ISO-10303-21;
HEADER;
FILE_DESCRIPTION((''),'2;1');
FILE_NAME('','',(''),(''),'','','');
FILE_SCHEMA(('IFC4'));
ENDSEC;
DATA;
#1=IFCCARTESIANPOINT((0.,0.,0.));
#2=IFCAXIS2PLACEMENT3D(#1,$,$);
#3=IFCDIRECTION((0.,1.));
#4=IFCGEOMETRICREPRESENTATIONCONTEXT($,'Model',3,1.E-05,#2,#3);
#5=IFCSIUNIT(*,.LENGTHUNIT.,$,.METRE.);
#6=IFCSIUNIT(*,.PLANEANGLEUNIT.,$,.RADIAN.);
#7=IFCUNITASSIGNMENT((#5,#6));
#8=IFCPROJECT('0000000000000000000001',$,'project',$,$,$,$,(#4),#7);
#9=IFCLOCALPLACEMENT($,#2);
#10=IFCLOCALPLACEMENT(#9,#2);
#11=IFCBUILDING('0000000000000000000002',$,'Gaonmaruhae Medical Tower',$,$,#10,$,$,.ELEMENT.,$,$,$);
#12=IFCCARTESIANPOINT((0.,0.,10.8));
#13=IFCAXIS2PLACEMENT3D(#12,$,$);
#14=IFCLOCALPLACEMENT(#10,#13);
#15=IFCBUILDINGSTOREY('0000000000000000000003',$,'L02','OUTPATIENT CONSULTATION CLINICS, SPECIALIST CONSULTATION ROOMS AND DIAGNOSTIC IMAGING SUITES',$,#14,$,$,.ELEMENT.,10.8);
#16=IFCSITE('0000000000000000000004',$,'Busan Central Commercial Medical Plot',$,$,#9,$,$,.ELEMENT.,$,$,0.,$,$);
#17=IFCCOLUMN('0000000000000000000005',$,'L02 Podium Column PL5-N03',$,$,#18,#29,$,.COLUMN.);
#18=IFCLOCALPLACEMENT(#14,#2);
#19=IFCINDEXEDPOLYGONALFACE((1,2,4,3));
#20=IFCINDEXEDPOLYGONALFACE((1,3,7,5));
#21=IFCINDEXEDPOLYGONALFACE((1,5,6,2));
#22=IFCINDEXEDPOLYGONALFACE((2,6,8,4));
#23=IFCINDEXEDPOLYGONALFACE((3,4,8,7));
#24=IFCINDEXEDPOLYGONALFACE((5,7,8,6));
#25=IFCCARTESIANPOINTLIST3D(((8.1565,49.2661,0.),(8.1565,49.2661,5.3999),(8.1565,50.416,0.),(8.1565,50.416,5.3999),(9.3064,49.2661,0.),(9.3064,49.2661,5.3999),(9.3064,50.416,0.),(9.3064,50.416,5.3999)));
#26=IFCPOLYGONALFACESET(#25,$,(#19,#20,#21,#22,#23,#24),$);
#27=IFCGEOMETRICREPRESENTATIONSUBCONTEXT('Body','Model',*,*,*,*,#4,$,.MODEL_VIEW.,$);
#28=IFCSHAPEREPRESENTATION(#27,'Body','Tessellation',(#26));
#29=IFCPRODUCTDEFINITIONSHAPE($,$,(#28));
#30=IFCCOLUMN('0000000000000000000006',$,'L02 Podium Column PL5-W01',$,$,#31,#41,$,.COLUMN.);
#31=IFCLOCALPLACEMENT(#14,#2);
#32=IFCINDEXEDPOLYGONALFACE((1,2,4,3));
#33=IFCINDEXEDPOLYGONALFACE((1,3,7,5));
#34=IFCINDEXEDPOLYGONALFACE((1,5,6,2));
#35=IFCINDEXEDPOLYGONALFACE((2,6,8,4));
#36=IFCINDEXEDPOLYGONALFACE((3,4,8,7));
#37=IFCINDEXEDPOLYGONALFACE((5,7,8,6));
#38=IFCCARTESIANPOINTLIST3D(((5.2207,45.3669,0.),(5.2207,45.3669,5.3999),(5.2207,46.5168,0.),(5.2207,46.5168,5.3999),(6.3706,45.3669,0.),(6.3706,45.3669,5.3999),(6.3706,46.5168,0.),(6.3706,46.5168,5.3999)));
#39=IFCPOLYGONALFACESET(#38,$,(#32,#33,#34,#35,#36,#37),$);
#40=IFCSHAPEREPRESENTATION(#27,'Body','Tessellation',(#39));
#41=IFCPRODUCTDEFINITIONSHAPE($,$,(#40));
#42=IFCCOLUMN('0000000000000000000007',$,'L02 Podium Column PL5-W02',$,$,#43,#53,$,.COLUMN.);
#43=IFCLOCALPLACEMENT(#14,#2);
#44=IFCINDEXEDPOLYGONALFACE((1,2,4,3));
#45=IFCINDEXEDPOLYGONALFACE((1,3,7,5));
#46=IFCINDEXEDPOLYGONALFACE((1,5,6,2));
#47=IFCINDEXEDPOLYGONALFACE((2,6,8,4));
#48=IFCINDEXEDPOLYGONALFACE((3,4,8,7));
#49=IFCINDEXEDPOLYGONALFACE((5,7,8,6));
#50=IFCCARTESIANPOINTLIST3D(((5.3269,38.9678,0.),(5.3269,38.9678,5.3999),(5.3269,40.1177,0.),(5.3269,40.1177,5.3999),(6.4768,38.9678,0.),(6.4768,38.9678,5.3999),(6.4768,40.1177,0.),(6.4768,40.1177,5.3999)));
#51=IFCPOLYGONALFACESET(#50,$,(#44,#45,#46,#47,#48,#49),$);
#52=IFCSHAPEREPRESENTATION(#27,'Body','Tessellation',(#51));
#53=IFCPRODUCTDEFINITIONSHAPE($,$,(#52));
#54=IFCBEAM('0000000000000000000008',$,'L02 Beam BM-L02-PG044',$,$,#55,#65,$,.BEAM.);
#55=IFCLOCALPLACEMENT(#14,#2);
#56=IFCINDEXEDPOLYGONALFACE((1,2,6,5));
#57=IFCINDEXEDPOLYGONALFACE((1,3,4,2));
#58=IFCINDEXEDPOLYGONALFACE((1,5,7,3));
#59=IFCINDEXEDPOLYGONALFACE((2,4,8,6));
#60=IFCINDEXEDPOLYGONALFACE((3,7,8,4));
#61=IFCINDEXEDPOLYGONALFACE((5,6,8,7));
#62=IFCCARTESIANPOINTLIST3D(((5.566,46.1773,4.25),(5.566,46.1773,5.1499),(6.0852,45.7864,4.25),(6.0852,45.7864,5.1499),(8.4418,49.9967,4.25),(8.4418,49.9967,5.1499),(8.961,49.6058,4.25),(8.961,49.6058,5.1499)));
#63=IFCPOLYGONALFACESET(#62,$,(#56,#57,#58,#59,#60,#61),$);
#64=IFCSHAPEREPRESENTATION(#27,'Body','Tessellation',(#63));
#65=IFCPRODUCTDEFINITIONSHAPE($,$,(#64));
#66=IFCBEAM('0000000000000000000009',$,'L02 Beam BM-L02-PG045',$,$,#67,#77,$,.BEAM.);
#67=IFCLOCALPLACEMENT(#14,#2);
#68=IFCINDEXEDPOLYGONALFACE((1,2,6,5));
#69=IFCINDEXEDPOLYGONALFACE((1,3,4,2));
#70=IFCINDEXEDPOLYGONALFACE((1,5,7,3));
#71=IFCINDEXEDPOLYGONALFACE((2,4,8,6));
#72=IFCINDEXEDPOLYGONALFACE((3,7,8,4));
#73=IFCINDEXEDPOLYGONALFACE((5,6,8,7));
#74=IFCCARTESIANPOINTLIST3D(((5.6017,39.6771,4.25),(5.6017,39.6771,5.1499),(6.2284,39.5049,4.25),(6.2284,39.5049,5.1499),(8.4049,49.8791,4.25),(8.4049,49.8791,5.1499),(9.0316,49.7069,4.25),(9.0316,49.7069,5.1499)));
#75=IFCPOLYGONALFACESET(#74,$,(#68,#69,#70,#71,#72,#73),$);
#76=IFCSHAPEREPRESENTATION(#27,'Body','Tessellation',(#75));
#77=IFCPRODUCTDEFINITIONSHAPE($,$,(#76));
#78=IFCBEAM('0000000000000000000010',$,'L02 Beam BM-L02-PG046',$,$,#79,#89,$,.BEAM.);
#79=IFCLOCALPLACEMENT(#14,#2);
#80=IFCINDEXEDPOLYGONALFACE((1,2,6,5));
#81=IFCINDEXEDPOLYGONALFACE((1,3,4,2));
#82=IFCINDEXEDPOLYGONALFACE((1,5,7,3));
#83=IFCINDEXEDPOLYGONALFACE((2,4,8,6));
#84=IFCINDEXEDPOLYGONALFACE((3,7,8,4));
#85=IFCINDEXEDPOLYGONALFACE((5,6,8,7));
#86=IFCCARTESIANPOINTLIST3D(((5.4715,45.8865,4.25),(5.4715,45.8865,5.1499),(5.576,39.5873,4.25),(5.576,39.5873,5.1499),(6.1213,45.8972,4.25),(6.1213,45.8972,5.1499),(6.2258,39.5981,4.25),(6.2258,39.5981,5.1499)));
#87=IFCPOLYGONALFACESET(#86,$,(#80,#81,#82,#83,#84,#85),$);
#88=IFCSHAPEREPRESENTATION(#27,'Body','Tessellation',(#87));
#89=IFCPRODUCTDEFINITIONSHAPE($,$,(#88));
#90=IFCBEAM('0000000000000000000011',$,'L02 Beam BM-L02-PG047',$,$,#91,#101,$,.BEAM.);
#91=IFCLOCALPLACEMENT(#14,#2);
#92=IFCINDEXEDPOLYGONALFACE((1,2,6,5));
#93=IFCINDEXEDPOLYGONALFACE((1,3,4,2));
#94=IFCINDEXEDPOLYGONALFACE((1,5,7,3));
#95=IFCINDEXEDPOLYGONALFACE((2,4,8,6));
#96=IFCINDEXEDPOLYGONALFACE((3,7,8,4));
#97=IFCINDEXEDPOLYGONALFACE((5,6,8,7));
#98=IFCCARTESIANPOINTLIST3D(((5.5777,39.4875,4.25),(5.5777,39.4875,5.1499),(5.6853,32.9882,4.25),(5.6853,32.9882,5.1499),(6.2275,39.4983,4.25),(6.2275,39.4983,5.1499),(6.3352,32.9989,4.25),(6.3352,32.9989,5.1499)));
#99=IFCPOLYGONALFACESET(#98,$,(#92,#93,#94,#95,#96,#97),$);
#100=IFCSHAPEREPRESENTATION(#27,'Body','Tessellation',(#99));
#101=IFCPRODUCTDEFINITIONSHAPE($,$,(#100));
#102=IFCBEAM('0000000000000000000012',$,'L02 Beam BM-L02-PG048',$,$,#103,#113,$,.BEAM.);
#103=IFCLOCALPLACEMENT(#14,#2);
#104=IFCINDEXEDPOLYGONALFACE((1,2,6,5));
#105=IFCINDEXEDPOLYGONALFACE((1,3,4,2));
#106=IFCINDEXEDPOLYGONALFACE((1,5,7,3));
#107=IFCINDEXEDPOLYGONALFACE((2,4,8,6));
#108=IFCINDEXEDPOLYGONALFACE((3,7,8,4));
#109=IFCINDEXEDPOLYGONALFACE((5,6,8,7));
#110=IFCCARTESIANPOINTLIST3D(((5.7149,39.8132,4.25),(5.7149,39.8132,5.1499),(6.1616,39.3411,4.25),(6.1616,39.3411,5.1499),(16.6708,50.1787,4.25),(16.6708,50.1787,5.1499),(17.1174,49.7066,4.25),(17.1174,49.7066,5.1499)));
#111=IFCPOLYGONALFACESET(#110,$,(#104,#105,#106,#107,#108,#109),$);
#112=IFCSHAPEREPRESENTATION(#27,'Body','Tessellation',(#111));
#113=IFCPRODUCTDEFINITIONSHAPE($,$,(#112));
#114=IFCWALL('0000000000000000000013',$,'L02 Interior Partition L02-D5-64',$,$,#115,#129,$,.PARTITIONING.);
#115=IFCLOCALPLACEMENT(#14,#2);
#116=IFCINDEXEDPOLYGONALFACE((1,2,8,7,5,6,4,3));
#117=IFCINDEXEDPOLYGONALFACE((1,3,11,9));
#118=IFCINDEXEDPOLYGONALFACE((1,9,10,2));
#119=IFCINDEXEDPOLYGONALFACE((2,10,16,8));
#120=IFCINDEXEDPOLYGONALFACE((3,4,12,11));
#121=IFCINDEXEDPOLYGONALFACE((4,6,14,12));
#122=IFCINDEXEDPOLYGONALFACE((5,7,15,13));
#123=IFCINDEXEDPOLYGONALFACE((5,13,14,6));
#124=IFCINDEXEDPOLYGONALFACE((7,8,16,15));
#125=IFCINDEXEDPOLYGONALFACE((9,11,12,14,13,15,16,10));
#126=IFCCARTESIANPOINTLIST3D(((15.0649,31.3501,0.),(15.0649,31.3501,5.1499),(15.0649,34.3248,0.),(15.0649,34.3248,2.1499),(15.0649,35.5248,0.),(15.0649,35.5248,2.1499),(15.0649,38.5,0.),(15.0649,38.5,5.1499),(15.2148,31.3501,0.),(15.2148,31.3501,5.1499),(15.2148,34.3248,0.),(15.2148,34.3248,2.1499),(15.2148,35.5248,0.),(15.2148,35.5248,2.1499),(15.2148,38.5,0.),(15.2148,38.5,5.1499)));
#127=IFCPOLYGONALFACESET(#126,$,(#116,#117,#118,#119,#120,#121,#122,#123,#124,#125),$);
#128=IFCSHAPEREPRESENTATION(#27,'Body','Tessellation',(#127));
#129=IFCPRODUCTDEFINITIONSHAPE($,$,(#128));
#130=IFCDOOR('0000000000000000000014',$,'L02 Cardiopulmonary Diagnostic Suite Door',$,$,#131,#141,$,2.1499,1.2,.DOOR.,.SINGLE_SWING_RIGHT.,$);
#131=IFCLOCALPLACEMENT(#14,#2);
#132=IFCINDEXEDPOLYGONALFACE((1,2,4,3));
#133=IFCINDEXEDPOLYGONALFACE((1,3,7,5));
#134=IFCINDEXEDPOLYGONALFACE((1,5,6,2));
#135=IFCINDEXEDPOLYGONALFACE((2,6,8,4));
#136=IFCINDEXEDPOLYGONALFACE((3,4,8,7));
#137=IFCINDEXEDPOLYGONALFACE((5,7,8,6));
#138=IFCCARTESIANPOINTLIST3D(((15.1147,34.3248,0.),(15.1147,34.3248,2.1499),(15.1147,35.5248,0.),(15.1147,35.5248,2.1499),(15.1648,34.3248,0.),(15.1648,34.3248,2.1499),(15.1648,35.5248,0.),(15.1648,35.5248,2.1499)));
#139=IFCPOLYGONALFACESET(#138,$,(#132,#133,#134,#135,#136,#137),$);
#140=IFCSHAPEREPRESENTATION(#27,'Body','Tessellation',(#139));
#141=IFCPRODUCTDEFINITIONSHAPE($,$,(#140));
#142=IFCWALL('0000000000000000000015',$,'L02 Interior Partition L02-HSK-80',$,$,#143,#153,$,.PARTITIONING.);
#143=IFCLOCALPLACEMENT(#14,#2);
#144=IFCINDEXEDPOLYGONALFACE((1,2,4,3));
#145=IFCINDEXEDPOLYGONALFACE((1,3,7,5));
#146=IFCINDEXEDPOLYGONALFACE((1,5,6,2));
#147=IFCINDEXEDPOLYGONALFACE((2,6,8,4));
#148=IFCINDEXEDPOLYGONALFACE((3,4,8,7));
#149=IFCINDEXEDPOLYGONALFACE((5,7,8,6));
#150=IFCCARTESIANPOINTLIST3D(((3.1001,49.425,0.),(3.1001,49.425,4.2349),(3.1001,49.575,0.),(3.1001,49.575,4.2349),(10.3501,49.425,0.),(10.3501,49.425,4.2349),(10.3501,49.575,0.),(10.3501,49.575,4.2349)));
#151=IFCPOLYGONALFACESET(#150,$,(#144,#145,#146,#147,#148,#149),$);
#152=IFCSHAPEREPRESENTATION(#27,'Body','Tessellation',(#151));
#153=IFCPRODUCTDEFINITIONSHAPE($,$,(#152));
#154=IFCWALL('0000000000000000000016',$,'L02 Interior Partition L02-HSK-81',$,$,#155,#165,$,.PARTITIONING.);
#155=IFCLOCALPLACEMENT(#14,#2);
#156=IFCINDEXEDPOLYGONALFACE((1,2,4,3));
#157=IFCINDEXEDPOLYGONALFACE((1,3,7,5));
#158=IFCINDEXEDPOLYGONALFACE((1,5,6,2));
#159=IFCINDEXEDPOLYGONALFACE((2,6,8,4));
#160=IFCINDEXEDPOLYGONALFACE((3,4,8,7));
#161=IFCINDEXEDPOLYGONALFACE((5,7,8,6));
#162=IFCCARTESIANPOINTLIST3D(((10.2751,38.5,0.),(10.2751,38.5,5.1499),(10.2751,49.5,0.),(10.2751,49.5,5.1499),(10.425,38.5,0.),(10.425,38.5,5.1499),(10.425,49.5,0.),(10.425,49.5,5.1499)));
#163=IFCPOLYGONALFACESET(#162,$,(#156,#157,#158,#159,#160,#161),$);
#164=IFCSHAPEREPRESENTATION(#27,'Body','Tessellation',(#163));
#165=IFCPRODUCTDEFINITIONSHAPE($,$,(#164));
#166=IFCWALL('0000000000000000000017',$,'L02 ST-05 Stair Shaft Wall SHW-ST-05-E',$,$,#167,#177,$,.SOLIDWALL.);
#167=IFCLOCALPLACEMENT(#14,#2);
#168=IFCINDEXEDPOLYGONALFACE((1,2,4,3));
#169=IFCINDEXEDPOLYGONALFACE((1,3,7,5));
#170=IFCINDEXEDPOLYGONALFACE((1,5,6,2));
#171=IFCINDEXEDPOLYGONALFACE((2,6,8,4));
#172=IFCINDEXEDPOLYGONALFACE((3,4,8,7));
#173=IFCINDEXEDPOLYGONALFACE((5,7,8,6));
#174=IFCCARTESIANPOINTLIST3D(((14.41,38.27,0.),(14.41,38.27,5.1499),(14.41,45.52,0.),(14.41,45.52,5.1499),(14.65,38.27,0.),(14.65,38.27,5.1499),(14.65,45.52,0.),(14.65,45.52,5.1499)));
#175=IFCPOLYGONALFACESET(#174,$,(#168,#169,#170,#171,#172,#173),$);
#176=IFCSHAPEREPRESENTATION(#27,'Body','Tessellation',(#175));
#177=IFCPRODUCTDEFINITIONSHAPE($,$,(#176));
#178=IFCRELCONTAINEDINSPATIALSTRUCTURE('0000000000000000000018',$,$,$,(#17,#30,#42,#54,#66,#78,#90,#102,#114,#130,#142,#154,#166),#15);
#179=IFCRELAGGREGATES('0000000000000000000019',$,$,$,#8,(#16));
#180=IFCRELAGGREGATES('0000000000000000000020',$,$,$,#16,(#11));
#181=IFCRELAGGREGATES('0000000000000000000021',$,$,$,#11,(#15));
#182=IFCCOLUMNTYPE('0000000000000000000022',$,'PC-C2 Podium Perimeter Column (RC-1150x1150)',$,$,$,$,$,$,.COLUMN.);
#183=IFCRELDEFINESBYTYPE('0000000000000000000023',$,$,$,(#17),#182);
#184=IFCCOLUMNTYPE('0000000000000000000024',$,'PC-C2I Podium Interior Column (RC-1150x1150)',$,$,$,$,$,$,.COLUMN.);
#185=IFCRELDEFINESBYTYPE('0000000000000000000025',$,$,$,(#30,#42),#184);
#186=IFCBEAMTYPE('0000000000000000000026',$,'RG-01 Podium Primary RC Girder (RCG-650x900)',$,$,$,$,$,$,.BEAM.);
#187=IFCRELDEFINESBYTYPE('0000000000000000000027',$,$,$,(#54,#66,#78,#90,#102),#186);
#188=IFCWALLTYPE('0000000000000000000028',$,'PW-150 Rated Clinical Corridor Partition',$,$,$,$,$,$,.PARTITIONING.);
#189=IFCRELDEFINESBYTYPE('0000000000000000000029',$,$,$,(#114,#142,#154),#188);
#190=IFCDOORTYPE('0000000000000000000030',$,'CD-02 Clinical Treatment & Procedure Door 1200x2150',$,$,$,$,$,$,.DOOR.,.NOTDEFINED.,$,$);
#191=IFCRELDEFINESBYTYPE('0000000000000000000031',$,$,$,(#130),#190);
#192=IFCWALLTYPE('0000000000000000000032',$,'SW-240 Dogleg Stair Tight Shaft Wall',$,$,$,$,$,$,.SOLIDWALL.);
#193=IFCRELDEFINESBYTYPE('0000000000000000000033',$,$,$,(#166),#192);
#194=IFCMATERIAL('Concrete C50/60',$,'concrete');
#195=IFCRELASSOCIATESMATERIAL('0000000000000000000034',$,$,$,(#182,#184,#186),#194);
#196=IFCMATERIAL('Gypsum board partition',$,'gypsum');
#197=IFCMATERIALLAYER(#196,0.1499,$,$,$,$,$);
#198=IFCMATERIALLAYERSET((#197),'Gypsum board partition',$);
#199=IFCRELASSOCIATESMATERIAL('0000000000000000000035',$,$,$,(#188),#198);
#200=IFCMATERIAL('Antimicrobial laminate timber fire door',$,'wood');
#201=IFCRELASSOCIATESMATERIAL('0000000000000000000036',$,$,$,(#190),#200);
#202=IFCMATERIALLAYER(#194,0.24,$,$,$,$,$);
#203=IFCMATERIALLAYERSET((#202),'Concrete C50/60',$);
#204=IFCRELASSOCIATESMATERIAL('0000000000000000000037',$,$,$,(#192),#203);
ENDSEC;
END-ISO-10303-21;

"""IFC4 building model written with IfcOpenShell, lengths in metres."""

from ifc_helpers import new_model, si_unit, direction, frame, frame_2d, origin, origin_2d, place, context, subcontext, project, spatial, rectangle, extrude, material, layer, layer_set, material_profile, profile_set, type_object, element, fill, save


model = new_model("IFC4")

# Units and contexts
model_context = context("Model", 3, precision=1e-05, world=origin(), true_north=direction((0.0, 1.0)))
body_context = subcontext(model_context, "Body", "Model", "MODEL_VIEW")
ifc_project = project(units=[si_unit("LENGTHUNIT", "METRE"), si_unit("PLANEANGLEUNIT", "RADIAN")], contexts=[model_context])

# Site, building, storey
site_placement = place(None, origin())
site = spatial("IfcSite", under=ifc_project, at=site_placement, Name="Busan Central Commercial Medical Plot", CompositionType="ELEMENT", RefElevation=0.0)
building_placement = place(site_placement, origin())
building = spatial("IfcBuilding", under=site, at=building_placement, Name="Gaonmaruhae Medical Tower", CompositionType="ELEMENT")
storey_placement = place(building_placement, frame((0.0, 0.0, 10.8)))
storey = spatial("IfcBuildingStorey", under=building, at=storey_placement, Name="L02", Description="OUTPATIENT CONSULTATION CLINICS, SPECIALIST CONSULTATION ROOMS AND DIAGNOSTIC IMAGING SUITES", CompositionType="ELEMENT", Elevation=10.8)

# Columns
ifc_material_1 = material(Name="Concrete C50/60", Category="concrete")
ifc_material_profile_1 = material_profile(ifc_material_1, rectangle(XDim=1.1499, YDim=1.1499, at=origin_2d()), Name="RC-1150x1150")
ifc_profile_set_1 = profile_set([ifc_material_profile_1], Name="Concrete C50/60")
column_type_1 = type_object("IfcColumnType", Name="PC-C2 Podium Perimeter Column (RC-1150x1150)", PredefinedType="COLUMN", material=ifc_profile_set_1)
column_placement = place(storey_placement, frame((8.7314, 49.8411, 0.0), z_axis=(0.0, 0.0, 1.0), x_axis=(1.0, 0.0, 0.0)))
element("IfcColumn", 1, at=column_placement, inside=storey, type_object=column_type_1, Name="L02 Podium Column PL5-N03", PredefinedType="COLUMN", context=body_context, shape_type="SweptSolid", body=[
    extrude(rectangle(XDim=1.1499, YDim=1.1499, at=origin_2d()), origin(), (0.0, 0.0, 1.0), 5.3999),
])
ifc_material_profile_2 = material_profile(ifc_material_1, rectangle(XDim=1.1499, YDim=1.1499, at=origin_2d()), Name="RC-1150x1150")
ifc_profile_set_2 = profile_set([ifc_material_profile_2], Name="Concrete C50/60")
column_type_2 = type_object("IfcColumnType", Name="PC-C2I Podium Interior Column (RC-1150x1150)", PredefinedType="COLUMN", material=ifc_profile_set_2)
for number, where, z_axis, x_axis, name in (
    (2, (5.7957, 45.9419, 0.0), (0.0, 0.0, 1.0), (1.0, 0.0, 0.0), "L02 Podium Column PL5-W01"),
    (3, (5.9019, 39.5427, 0.0), (0.0, 0.0, 1.0), (1.0, 0.0, 0.0), "L02 Podium Column PL5-W02"),
):
    element("IfcColumn", number, at=place(storey_placement, frame(where, z_axis=z_axis, x_axis=x_axis)), inside=storey, type_object=column_type_2, Name=name, PredefinedType="COLUMN", context=body_context, shape_type="SweptSolid", body=[
        extrude(rectangle(XDim=1.1499, YDim=1.1499, at=origin_2d()), origin(), (0.0, 0.0, 1.0), 5.3999),
    ])

# Beams
ifc_material_profile_3 = material_profile(ifc_material_1, rectangle(XDim=0.6499, YDim=0.8999, at=origin_2d()), Name="RCG-650x900")
ifc_profile_set_3 = profile_set([ifc_material_profile_3], Name="Concrete C50/60")
beam_type = type_object("IfcBeamType", Name="RG-01 Podium Primary RC Girder (RCG-650x900)", PredefinedType="BEAM", material=ifc_profile_set_3)
beam_1_placement = place(storey_placement, frame((8.7014, 49.8013, 4.7), z_axis=(-0.601502, -0.798871, 0.0), x_axis=(0.798871, -0.601502, 0.0)))
element("IfcBeam", 4, at=beam_1_placement, inside=storey, type_object=beam_type, Name="L02 Beam BM-L02-PG044", PredefinedType="BEAM", context=body_context, shape_type="SweptSolid", body=[
    extrude(rectangle(XDim=0.6499, YDim=0.8999, at=origin_2d()), origin(), (0.0, 0.0, 1.0), 4.781),
])
beam_2_placement = place(storey_placement, frame((8.7183, 49.793, 4.7), z_axis=(-0.264954, -0.964261, 0.0), x_axis=(0.964261, -0.264954, 0.0)))
element("IfcBeam", 5, at=beam_2_placement, inside=storey, type_object=beam_type, Name="L02 Beam BM-L02-PG045", PredefinedType="BEAM", context=body_context, shape_type="SweptSolid", body=[
    extrude(rectangle(XDim=0.6499, YDim=0.8999, at=origin_2d()), origin(), (0.0, 0.0, 1.0), 10.5801),
])
beam_3_placement = place(storey_placement, frame((5.7964, 45.8918, 4.7), z_axis=(0.016586, -0.999862, 0.0), x_axis=(0.999862, 0.016586, 0.0)))
element("IfcBeam", 6, at=beam_3_placement, inside=storey, type_object=beam_type, Name="L02 Beam BM-L02-PG046", PredefinedType="BEAM", context=body_context, shape_type="SweptSolid", body=[
    extrude(rectangle(XDim=0.6499, YDim=0.8999, at=origin_2d()), origin(), (0.0, 0.0, 1.0), 6.3),
])
beam_4_placement = place(storey_placement, frame((5.9026, 39.4929, 4.7), z_axis=(0.016564, -0.999863, 0.0), x_axis=(0.999863, 0.016564, 0.0)))
element("IfcBeam", 7, at=beam_4_placement, inside=storey, type_object=beam_type, Name="L02 Beam BM-L02-PG047", PredefinedType="BEAM", context=body_context, shape_type="SweptSolid", body=[
    extrude(rectangle(XDim=0.6499, YDim=0.8999, at=origin_2d()), origin(), (0.0, 0.0, 1.0), 6.5002),
])
beam_5_placement = place(storey_placement, frame((5.9382, 39.5771, 4.7), z_axis=(0.726406, 0.687265, 0.0), x_axis=(-0.687265, 0.726406, 0.0)))
element("IfcBeam", 8, at=beam_5_placement, inside=storey, type_object=beam_type, Name="L02 Beam BM-L02-PG048", PredefinedType="BEAM", context=body_context, shape_type="SweptSolid", body=[
    extrude(rectangle(XDim=0.6499, YDim=0.8999, at=origin_2d()), origin(), (0.0, 0.0, 1.0), 15.0823),
])

# Wall, opening, door
ifc_material_2 = material(Name="Gypsum board partition", Category="gypsum")
ifc_layer_1 = layer(ifc_material_2, 0.1499)
ifc_layer_set_1 = layer_set([ifc_layer_1], Name="Gypsum board partition")
wall_type_1 = type_object("IfcWallType", Name="PW-150 Rated Clinical Corridor Partition", PredefinedType="PARTITIONING", material=ifc_layer_set_1)
wall_1_placement = place(storey_placement, frame((15.1399, 38.5, 0.0), z_axis=(0.0, 0.0, 1.0), x_axis=(0.0, -1.0, 0.0)))
wall_1 = element("IfcWall", 9, at=wall_1_placement, inside=storey, type_object=wall_type_1, Name="L02 Interior Partition L02-D5-64", PredefinedType="PARTITIONING", context=body_context, shape_type="SweptSolid", body=[
    extrude(rectangle(XDim=7.1499, YDim=0.1499, at=frame_2d((3.575, 0.0))), origin(), (0.0, 0.0, 1.0), 5.1499),
])
opening_1_placement = place(wall_1_placement, frame((2.9751, 0.0, 0.0)))
opening_1 = element("IfcOpeningElement", 10, at=opening_1_placement, cuts=wall_1, PredefinedType="OPENING", context=body_context, shape_type="SweptSolid", body=[
    extrude(rectangle(XDim=1.2, YDim=2.1499, at=frame_2d((0.6001, 1.075))), frame((0.0, 0.085, 0.0), z_axis=(0.0, -1.0, 0.0), x_axis=(1.0, 0.0, 0.0)), (0.0, 0.0, 1.0), 0.1699),
])
ifc_material_3 = material(Name="Antimicrobial laminate timber fire door", Category="wood")
door_type_1 = type_object("IfcDoorType", Name="CD-02 Clinical Treatment & Procedure Door 1200x2150", OperationType="NOTDEFINED", PredefinedType="DOOR", material=ifc_material_3)
door_1_placement = place(opening_1_placement, origin())
door_1 = element("IfcDoor", 11, at=door_1_placement, inside=storey, type_object=door_type_1, Name="L02 Cardiopulmonary Diagnostic Suite Door", OperationType="SINGLE_SWING_RIGHT", OverallHeight=2.1499, OverallWidth=1.2, PredefinedType="DOOR", context=body_context, shape_type="SweptSolid", body=[
    extrude(rectangle(XDim=1.2, YDim=2.1499, at=frame_2d((0.6001, 1.075))), frame((0.0, 0.0249, 0.0), z_axis=(0.0, -1.0, 0.0), x_axis=(1.0, 0.0, 0.0)), (0.0, 0.0, 1.0), 0.05),
])
fill(opening_1, door_1)

# Walls
wall_2_placement = place(storey_placement, frame((3.1001, 49.5, 0.0), z_axis=(0.0, 0.0, 1.0), x_axis=(1.0, 0.0, 0.0)))
element("IfcWall", 12, at=wall_2_placement, inside=storey, type_object=wall_type_1, Name="L02 Interior Partition L02-HSK-80", PredefinedType="PARTITIONING", context=body_context, shape_type="SweptSolid", body=[
    extrude(rectangle(XDim=7.25, YDim=0.1499, at=frame_2d((3.625, 0.0))), origin(), (0.0, 0.0, 1.0), 4.2349),
])
wall_3_placement = place(storey_placement, frame((10.3501, 49.5, 0.0), z_axis=(0.0, 0.0, 1.0), x_axis=(0.0, -1.0, 0.0)))
element("IfcWall", 13, at=wall_3_placement, inside=storey, type_object=wall_type_1, Name="L02 Interior Partition L02-HSK-81", PredefinedType="PARTITIONING", context=body_context, shape_type="SweptSolid", body=[
    extrude(rectangle(XDim=11.0, YDim=0.1499, at=frame_2d((5.5, 0.0))), origin(), (0.0, 0.0, 1.0), 5.1499),
])

# Shared definitions
ifc_layer_2 = layer(ifc_material_1, 0.24)
ifc_layer_set_2 = layer_set([ifc_layer_2], Name="Concrete C50/60")
wall_type_2 = type_object("IfcWallType", Name="SW-240 Dogleg Stair Tight Shaft Wall", PredefinedType="SOLIDWALL", material=ifc_layer_set_2)

# Wall
wall_4_placement = place(storey_placement, frame((14.53, 45.52, 0.0), z_axis=(0.0, 0.0, 1.0), x_axis=(0.0, -1.0, 0.0)))
element("IfcWall", 14, at=wall_4_placement, inside=storey, type_object=wall_type_2, Name="L02 ST-05 Stair Shaft Wall SHW-ST-05-E", PredefinedType="SOLIDWALL", context=body_context, shape_type="SweptSolid", body=[
    extrude(rectangle(XDim=7.25, YDim=0.24, at=frame_2d((3.625, 0.0))), origin(), (0.0, 0.0, 1.0), 5.1499),
])

save(model, "model.ifc")
